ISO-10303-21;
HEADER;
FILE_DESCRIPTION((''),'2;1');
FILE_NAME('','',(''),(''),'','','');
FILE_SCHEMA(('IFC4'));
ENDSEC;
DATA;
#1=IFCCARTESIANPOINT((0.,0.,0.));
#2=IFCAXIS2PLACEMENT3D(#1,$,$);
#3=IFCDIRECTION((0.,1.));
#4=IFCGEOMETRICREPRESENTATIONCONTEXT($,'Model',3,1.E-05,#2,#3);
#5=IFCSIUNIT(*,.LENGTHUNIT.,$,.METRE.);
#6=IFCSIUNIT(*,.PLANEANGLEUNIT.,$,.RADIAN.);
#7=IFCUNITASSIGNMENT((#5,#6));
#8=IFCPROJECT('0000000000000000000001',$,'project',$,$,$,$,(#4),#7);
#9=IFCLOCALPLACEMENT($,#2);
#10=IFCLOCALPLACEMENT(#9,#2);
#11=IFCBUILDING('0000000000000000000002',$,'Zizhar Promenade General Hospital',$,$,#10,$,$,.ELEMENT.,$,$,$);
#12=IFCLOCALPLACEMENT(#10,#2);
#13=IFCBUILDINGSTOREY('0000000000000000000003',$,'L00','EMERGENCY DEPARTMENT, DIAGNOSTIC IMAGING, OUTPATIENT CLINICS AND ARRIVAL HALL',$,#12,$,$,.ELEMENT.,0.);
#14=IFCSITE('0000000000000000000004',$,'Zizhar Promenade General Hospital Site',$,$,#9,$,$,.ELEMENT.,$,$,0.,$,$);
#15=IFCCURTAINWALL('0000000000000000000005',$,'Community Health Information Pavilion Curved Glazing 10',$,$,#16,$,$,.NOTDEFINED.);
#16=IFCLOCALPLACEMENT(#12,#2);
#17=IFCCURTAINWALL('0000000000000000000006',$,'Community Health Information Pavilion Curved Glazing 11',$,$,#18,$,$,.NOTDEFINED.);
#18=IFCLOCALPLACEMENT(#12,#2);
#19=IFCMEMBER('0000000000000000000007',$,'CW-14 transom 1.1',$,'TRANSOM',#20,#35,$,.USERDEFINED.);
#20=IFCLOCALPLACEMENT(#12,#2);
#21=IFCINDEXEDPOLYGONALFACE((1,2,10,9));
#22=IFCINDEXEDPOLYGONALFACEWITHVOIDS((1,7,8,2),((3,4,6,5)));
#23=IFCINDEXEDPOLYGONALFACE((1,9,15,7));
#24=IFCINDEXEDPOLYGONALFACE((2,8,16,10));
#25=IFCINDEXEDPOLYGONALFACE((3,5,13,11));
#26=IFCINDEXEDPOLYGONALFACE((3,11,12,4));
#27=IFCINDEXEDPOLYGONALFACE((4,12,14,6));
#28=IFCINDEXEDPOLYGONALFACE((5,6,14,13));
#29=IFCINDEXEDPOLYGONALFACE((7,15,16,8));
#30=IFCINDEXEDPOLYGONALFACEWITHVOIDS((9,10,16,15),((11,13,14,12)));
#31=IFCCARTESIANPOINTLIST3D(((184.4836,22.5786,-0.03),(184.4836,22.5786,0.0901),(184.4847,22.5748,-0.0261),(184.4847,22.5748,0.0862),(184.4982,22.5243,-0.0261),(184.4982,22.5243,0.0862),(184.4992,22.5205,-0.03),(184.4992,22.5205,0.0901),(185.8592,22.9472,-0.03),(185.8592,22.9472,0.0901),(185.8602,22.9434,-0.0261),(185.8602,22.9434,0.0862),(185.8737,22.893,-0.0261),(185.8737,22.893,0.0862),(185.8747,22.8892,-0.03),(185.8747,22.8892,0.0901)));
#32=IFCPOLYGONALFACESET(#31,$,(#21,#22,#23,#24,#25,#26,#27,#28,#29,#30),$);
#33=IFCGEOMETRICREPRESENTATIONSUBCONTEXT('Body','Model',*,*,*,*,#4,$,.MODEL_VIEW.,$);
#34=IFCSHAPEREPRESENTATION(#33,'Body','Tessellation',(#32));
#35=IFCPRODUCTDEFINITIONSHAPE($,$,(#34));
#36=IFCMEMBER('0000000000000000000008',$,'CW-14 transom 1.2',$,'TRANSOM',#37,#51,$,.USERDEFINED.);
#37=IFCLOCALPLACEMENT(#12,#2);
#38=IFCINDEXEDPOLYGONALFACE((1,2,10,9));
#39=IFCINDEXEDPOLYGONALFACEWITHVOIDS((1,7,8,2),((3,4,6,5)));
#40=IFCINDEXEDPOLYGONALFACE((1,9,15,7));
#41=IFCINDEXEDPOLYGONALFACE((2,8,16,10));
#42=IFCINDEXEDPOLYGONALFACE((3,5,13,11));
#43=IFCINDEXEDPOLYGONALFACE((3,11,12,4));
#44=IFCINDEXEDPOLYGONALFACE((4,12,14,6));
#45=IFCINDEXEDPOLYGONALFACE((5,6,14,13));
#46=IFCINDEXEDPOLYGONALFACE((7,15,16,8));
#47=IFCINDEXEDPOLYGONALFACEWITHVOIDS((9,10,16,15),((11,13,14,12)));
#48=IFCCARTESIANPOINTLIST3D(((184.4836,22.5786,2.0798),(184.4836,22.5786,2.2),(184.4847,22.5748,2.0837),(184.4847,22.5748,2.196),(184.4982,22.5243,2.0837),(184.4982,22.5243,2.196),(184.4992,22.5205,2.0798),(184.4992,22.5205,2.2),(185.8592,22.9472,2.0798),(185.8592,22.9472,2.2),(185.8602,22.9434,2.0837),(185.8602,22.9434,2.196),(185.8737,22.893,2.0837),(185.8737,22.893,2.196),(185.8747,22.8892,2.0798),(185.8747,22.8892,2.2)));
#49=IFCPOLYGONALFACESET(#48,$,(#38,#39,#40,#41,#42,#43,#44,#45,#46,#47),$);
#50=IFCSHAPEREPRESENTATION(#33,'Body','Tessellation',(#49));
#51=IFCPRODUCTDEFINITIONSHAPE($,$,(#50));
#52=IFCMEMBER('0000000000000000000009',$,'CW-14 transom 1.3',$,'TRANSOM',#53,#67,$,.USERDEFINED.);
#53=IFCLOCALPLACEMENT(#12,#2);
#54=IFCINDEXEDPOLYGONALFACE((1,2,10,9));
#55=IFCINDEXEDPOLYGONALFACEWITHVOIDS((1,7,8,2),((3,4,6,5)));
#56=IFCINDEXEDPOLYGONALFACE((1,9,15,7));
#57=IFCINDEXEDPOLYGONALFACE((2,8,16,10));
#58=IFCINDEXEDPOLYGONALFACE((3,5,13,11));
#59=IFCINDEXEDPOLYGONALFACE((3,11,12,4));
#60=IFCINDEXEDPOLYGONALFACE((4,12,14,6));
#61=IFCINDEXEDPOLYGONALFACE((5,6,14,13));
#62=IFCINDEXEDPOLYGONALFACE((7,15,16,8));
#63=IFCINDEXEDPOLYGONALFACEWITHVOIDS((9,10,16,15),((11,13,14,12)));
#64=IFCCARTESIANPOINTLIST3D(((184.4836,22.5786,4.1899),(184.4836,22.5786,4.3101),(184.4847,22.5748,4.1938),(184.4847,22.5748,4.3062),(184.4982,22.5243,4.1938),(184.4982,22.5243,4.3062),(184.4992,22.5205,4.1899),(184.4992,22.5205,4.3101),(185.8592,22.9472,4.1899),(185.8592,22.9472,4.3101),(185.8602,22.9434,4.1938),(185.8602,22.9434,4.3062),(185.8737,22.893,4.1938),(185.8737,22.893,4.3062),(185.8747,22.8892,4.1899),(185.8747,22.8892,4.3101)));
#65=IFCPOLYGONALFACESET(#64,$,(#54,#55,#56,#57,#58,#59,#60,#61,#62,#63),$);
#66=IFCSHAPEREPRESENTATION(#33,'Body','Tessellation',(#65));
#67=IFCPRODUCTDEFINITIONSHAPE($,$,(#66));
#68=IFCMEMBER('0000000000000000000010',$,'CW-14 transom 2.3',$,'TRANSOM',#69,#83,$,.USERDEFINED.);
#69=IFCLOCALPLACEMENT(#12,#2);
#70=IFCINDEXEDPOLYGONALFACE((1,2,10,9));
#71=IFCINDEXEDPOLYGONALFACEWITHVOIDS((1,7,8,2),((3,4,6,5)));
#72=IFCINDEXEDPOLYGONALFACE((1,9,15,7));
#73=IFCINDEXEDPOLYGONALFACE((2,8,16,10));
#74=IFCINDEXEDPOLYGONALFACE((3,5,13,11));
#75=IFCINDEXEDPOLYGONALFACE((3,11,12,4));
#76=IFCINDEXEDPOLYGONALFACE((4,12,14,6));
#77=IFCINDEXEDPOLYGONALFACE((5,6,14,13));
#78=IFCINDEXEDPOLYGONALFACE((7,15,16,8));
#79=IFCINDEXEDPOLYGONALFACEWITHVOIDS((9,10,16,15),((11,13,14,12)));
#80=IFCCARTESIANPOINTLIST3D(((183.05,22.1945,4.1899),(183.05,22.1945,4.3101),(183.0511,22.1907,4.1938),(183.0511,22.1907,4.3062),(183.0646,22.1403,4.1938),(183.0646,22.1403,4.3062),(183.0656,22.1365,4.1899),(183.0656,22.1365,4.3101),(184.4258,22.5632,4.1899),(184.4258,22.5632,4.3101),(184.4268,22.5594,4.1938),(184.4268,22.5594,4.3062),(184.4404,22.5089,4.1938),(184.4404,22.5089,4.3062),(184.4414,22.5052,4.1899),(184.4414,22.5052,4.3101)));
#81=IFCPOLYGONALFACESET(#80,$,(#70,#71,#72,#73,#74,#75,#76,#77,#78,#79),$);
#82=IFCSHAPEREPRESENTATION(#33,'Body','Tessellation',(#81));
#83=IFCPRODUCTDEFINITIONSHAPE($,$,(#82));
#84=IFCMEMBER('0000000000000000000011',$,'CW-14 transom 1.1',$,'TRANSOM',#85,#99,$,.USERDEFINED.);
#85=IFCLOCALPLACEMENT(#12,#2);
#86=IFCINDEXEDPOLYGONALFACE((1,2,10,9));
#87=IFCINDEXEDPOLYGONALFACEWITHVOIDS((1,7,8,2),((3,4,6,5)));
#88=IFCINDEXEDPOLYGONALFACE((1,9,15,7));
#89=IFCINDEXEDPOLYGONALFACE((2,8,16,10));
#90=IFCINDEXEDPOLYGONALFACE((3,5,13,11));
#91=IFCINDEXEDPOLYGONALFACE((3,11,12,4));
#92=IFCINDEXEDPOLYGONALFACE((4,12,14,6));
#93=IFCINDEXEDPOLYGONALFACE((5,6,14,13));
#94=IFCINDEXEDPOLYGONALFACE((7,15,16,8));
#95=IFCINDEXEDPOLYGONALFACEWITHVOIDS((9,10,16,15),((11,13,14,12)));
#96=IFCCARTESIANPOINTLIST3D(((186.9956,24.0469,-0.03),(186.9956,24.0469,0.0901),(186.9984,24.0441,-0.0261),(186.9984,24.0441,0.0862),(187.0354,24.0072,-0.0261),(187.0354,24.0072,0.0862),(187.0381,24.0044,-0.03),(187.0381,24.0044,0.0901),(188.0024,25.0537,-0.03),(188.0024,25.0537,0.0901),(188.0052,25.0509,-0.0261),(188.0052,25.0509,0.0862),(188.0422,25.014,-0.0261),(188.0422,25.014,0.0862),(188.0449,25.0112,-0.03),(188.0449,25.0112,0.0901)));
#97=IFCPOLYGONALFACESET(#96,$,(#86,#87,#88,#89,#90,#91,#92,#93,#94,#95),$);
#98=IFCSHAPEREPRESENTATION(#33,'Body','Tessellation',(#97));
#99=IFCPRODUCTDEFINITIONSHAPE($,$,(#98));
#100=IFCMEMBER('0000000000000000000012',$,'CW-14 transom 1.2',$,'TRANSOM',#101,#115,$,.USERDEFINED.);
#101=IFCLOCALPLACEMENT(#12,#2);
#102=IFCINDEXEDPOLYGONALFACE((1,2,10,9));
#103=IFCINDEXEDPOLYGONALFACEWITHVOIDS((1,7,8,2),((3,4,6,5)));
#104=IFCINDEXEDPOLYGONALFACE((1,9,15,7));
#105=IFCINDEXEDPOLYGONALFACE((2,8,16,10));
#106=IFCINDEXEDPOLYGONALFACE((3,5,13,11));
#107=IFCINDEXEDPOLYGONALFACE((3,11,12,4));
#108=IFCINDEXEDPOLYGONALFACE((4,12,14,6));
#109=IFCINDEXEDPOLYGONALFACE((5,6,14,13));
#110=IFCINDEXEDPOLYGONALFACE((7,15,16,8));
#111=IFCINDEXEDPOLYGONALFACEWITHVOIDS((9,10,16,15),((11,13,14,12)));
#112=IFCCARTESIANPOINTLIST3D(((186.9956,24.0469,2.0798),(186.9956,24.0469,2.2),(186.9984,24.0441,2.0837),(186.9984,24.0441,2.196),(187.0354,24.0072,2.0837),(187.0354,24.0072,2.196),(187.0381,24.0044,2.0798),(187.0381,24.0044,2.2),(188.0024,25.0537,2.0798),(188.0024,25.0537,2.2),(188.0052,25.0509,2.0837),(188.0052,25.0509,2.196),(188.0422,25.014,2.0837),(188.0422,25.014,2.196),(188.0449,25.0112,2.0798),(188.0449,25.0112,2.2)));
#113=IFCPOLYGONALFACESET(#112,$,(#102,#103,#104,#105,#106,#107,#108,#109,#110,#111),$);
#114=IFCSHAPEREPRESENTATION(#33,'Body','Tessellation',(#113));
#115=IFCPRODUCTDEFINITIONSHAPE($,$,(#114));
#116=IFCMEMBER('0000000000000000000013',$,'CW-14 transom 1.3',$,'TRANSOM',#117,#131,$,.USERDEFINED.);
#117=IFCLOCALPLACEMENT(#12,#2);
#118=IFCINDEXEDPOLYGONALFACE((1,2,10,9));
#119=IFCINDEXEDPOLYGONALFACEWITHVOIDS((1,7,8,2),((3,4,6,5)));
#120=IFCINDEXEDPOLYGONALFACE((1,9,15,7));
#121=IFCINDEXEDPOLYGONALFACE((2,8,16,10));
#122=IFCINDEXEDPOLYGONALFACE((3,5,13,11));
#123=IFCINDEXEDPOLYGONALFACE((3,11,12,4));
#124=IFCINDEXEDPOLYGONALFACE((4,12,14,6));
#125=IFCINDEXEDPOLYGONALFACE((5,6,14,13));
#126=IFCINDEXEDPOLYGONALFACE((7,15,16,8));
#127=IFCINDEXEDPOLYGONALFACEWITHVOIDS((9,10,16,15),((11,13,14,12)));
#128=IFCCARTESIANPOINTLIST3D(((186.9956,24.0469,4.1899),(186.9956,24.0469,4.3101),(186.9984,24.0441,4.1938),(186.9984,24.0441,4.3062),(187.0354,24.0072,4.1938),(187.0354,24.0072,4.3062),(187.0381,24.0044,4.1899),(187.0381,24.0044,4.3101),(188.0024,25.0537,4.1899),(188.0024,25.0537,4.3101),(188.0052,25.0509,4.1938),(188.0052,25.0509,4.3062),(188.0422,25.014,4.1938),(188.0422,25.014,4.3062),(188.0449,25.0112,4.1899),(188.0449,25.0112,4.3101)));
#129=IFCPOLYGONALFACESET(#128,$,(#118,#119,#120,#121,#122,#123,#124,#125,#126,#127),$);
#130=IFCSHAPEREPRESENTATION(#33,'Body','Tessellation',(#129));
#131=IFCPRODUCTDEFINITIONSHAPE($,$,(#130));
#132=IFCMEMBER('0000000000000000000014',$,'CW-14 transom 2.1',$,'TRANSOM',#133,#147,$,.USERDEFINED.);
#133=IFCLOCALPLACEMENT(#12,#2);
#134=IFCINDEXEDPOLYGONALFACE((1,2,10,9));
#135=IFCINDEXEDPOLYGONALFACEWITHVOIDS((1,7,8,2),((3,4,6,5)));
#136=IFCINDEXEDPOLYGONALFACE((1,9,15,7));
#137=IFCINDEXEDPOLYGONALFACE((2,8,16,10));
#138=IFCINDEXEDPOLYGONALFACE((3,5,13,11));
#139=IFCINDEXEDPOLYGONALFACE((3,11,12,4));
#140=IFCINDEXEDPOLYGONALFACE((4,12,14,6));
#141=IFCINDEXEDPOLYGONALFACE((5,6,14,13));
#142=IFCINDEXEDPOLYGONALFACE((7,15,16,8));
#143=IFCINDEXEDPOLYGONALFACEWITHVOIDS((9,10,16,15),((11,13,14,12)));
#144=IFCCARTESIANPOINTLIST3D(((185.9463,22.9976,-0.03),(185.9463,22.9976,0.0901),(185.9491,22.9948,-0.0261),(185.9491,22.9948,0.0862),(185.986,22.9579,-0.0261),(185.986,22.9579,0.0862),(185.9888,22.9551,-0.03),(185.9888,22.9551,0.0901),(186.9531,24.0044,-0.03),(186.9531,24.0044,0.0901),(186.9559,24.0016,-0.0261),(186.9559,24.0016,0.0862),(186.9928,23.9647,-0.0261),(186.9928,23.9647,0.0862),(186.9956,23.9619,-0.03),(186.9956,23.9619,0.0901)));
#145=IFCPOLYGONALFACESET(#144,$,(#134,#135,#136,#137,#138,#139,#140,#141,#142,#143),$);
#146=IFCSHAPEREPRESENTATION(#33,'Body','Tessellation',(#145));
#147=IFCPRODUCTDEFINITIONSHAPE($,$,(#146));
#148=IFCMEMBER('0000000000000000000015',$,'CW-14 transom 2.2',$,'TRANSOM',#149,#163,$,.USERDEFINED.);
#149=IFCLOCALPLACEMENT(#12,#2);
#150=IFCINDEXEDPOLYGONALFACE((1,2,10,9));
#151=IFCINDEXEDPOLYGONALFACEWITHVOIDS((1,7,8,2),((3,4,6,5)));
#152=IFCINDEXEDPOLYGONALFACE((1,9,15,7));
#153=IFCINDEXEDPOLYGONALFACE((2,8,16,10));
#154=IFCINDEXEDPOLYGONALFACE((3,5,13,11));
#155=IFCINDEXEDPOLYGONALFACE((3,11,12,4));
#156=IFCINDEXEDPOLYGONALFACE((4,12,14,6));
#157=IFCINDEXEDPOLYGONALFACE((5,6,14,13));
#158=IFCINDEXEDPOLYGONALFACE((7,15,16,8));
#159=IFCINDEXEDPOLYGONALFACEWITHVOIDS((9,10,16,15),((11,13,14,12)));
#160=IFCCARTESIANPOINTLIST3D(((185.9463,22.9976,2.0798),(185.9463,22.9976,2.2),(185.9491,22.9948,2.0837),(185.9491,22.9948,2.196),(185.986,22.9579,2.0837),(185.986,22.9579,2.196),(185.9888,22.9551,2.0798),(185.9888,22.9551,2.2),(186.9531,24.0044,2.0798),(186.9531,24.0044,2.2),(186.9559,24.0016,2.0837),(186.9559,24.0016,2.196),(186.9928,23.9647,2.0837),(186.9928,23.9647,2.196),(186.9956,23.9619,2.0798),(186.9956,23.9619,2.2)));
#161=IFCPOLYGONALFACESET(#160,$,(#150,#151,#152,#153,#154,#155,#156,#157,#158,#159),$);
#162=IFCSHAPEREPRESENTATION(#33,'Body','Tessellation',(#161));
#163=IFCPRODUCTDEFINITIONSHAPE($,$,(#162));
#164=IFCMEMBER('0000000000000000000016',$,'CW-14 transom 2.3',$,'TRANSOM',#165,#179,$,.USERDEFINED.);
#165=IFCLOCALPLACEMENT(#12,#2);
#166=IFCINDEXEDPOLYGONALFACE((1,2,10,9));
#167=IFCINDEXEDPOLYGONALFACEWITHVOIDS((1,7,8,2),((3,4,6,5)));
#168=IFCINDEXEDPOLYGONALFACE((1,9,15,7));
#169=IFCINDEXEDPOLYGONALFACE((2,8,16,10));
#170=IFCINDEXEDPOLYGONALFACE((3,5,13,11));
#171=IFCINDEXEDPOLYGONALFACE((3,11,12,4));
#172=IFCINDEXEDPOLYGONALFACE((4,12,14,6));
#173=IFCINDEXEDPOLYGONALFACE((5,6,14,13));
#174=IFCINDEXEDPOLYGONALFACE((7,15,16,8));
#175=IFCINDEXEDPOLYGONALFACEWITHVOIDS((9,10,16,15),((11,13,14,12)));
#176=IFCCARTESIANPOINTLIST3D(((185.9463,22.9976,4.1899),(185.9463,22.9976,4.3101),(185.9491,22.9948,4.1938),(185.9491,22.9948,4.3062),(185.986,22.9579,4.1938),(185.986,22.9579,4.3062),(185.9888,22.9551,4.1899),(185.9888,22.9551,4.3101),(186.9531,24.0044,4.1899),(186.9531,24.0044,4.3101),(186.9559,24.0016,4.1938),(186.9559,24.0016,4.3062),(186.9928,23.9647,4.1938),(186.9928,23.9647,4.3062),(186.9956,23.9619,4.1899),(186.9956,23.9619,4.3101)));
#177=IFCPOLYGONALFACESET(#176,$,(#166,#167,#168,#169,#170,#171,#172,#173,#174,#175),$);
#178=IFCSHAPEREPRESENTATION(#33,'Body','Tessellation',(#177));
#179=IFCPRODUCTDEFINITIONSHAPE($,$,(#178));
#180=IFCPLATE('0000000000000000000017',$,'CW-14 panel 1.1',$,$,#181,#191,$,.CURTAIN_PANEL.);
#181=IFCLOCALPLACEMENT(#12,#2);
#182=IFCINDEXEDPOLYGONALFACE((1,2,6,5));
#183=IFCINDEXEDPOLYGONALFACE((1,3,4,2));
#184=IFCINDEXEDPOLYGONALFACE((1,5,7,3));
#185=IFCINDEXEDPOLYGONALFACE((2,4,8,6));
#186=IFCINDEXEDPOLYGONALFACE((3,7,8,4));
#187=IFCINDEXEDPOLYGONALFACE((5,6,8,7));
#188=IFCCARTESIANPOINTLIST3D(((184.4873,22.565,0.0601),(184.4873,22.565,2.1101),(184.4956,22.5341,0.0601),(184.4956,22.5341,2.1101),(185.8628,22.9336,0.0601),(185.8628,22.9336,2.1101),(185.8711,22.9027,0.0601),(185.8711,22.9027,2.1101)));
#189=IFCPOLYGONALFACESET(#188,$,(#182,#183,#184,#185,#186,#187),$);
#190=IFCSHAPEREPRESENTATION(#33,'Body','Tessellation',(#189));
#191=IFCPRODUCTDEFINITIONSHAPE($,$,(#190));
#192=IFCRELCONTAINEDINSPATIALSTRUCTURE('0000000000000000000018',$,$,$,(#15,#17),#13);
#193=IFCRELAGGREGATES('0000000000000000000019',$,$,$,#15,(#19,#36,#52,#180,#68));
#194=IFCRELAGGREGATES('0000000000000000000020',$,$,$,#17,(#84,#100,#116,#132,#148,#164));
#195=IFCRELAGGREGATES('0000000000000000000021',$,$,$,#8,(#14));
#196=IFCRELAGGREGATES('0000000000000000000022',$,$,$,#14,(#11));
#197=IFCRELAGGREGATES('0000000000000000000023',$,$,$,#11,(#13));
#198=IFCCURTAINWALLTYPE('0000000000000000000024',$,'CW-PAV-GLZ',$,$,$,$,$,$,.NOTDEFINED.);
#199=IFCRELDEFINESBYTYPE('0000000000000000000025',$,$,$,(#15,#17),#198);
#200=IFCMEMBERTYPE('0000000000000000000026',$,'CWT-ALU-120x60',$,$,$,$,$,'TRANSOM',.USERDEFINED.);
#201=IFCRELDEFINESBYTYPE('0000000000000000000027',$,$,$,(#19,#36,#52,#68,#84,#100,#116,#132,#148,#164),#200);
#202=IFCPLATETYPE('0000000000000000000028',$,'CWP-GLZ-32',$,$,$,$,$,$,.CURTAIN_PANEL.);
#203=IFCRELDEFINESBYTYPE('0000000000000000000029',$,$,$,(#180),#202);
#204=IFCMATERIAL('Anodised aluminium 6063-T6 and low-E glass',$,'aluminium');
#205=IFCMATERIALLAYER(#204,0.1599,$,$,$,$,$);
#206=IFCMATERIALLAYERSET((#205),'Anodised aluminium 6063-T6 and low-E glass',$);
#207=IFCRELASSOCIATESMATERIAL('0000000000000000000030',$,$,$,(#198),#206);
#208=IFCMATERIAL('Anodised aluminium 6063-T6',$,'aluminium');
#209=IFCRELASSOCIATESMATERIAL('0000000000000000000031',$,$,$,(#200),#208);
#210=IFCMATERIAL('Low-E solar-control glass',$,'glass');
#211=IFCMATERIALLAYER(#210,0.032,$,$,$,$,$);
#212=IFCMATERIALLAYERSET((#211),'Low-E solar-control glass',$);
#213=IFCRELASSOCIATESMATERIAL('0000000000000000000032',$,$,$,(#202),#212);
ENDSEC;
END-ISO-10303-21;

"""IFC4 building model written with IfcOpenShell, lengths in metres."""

from ifc_helpers import new_model, si_unit, direction, frame, origin, origin_2d, place, context, subcontext, project, spatial, rectangle, hollow_rectangle, extrude, material, layer, layer_set, material_profile, profile_set, type_object, element, aggregate, save


model = new_model("IFC4")

# Units and contexts
model_context = context("Model", 3, precision=1e-05, world=origin(), true_north=direction((0.0, 1.0)))
body_context = subcontext(model_context, "Body", "Model", "MODEL_VIEW")
ifc_project = project(units=[si_unit("LENGTHUNIT", "METRE"), si_unit("PLANEANGLEUNIT", "RADIAN")], contexts=[model_context])

# Site, building, storey
site_placement = place(None, origin())
site = spatial("IfcSite", under=ifc_project, at=site_placement, Name="Zizhar Promenade General Hospital Site", CompositionType="ELEMENT", RefElevation=0.0)
building_placement = place(site_placement, origin())
building = spatial("IfcBuilding", under=site, at=building_placement, Name="Zizhar Promenade General Hospital", CompositionType="ELEMENT")
storey_placement = place(building_placement, origin())
storey = spatial("IfcBuildingStorey", under=building, at=storey_placement, Name="L00", Description="EMERGENCY DEPARTMENT, DIAGNOSTIC IMAGING, OUTPATIENT CLINICS AND ARRIVAL HALL", CompositionType="ELEMENT", Elevation=0.0)

# Curtain walls
ifc_material_1 = material(Name="Anodised aluminium 6063-T6 and low-E glass", Category="aluminium")
ifc_layer_1 = layer(ifc_material_1, 0.1599)
ifc_layer_set_1 = layer_set([ifc_layer_1], Name="Anodised aluminium 6063-T6 and low-E glass")
curtain_wall_type = type_object("IfcCurtainWallType", Name="CW-PAV-GLZ", PredefinedType="NOTDEFINED", material=ifc_layer_set_1)
curtain_wall_1_placement = place(storey_placement, origin())
curtain_wall_1 = element("IfcCurtainWall", 1, at=curtain_wall_1_placement, inside=storey, type_object=curtain_wall_type, Name="Community Health Information Pavilion Curved Glazing 10", PredefinedType="NOTDEFINED")
curtain_wall_2_placement = place(storey_placement, origin())
curtain_wall_2 = element("IfcCurtainWall", 2, at=curtain_wall_2_placement, inside=storey, type_object=curtain_wall_type, Name="Community Health Information Pavilion Curved Glazing 11", PredefinedType="NOTDEFINED")

# Members
ifc_material_2 = material(Name="Anodised aluminium 6063-T6", Category="aluminium")
ifc_material_profile_1 = material_profile(ifc_material_2, hollow_rectangle(XDim=0.0601, YDim=0.1201, WallThickness=0.0039, at=origin_2d()))
ifc_profile_set_1 = profile_set([ifc_material_profile_1], Name="Anodised aluminium 6063-T6")
member_type_1 = type_object("IfcMemberType", Name="CWT-ALU-120x60", ElementType="TRANSOM", PredefinedType="USERDEFINED", material=ifc_profile_set_1)
member_1_placement = place(storey_placement, frame((185.8669, 22.9182, 0.03), z_axis=(-0.96591, -0.258879, 0.0), x_axis=(0.258879, -0.96591, 0.0)))
member_1 = element("IfcMember", 3, at=member_1_placement, type_object=member_type_1, Name="CW-14 transom 1.1", ObjectType="TRANSOM", PredefinedType="USERDEFINED", context=body_context, shape_type="SweptSolid", body=[
    extrude(hollow_rectangle(XDim=0.0601, YDim=0.1201, WallThickness=0.0039, at=origin_2d()), origin(), (0.0, 0.0, 1.0), 1.4241),
])
member_2_placement = place(storey_placement, frame((185.8669, 22.9182, 2.1399), z_axis=(-0.96591, -0.258879, 0.0), x_axis=(0.258879, -0.96591, 0.0)))
member_2 = element("IfcMember", 4, at=member_2_placement, type_object=member_type_1, Name="CW-14 transom 1.2", ObjectType="TRANSOM", PredefinedType="USERDEFINED", context=body_context, shape_type="SweptSolid", body=[
    extrude(hollow_rectangle(XDim=0.0601, YDim=0.1201, WallThickness=0.0039, at=origin_2d()), origin(), (0.0, 0.0, 1.0), 1.4241),
])
member_3_placement = place(storey_placement, frame((185.8669, 22.9182, 4.25), z_axis=(-0.96591, -0.258879, 0.0), x_axis=(0.258879, -0.96591, 0.0)))
member_3 = element("IfcMember", 5, at=member_3_placement, type_object=member_type_1, Name="CW-14 transom 1.3", ObjectType="TRANSOM", PredefinedType="USERDEFINED", context=body_context, shape_type="SweptSolid", body=[
    extrude(hollow_rectangle(XDim=0.0601, YDim=0.1201, WallThickness=0.0039, at=origin_2d()), origin(), (0.0, 0.0, 1.0), 1.4241),
])
member_4_placement = place(storey_placement, frame((184.4336, 22.5342, 4.25), z_axis=(-0.965921, -0.258836, 0.0), x_axis=(0.258836, -0.965921, 0.0)))
member_4 = element("IfcMember", 6, at=member_4_placement, type_object=member_type_1, Name="CW-14 transom 2.3", ObjectType="TRANSOM", PredefinedType="USERDEFINED", context=body_context, shape_type="SweptSolid", body=[
    extrude(hollow_rectangle(XDim=0.0601, YDim=0.1201, WallThickness=0.0039, at=origin_2d()), origin(), (0.0, 0.0, 1.0), 1.4243),
])
member_5_placement = place(storey_placement, frame((188.0237, 25.0325, 0.03), z_axis=(-0.707107, -0.707107, 0.0), x_axis=(0.707107, -0.707107, 0.0)))
member_5 = element("IfcMember", 7, at=member_5_placement, type_object=member_type_1, Name="CW-14 transom 1.1", ObjectType="TRANSOM", PredefinedType="USERDEFINED", context=body_context, shape_type="SweptSolid", body=[
    extrude(hollow_rectangle(XDim=0.0601, YDim=0.1201, WallThickness=0.0039, at=origin_2d()), origin(), (0.0, 0.0, 1.0), 1.4238),
])
member_6_placement = place(storey_placement, frame((188.0237, 25.0325, 2.1399), z_axis=(-0.707107, -0.707107, 0.0), x_axis=(0.707107, -0.707107, 0.0)))
member_6 = element("IfcMember", 8, at=member_6_placement, type_object=member_type_1, Name="CW-14 transom 1.2", ObjectType="TRANSOM", PredefinedType="USERDEFINED", context=body_context, shape_type="SweptSolid", body=[
    extrude(hollow_rectangle(XDim=0.0601, YDim=0.1201, WallThickness=0.0039, at=origin_2d()), origin(), (0.0, 0.0, 1.0), 1.4238),
])
member_7_placement = place(storey_placement, frame((188.0237, 25.0325, 4.25), z_axis=(-0.707107, -0.707107, 0.0), x_axis=(0.707107, -0.707107, 0.0)))
member_7 = element("IfcMember", 9, at=member_7_placement, type_object=member_type_1, Name="CW-14 transom 1.3", ObjectType="TRANSOM", PredefinedType="USERDEFINED", context=body_context, shape_type="SweptSolid", body=[
    extrude(hollow_rectangle(XDim=0.0601, YDim=0.1201, WallThickness=0.0039, at=origin_2d()), origin(), (0.0, 0.0, 1.0), 1.4238),
])
member_8_placement = place(storey_placement, frame((186.9744, 23.9832, 0.03), z_axis=(-0.707107, -0.707107, 0.0), x_axis=(0.707107, -0.707107, 0.0)))
member_8 = element("IfcMember", 10, at=member_8_placement, type_object=member_type_1, Name="CW-14 transom 2.1", ObjectType="TRANSOM", PredefinedType="USERDEFINED", context=body_context, shape_type="SweptSolid", body=[
    extrude(hollow_rectangle(XDim=0.0601, YDim=0.1201, WallThickness=0.0039, at=origin_2d()), origin(), (0.0, 0.0, 1.0), 1.4238),
])
member_9_placement = place(storey_placement, frame((186.9744, 23.9832, 2.1399), z_axis=(-0.707107, -0.707107, 0.0), x_axis=(0.707107, -0.707107, 0.0)))
member_9 = element("IfcMember", 11, at=member_9_placement, type_object=member_type_1, Name="CW-14 transom 2.2", ObjectType="TRANSOM", PredefinedType="USERDEFINED", context=body_context, shape_type="SweptSolid", body=[
    extrude(hollow_rectangle(XDim=0.0601, YDim=0.1201, WallThickness=0.0039, at=origin_2d()), origin(), (0.0, 0.0, 1.0), 1.4238),
])
member_10_placement = place(storey_placement, frame((186.9744, 23.9832, 4.25), z_axis=(-0.707107, -0.707107, 0.0), x_axis=(0.707107, -0.707107, 0.0)))
member_10 = element("IfcMember", 12, at=member_10_placement, type_object=member_type_1, Name="CW-14 transom 2.3", ObjectType="TRANSOM", PredefinedType="USERDEFINED", context=body_context, shape_type="SweptSolid", body=[
    extrude(hollow_rectangle(XDim=0.0601, YDim=0.1201, WallThickness=0.0039, at=origin_2d()), origin(), (0.0, 0.0, 1.0), 1.4238),
])

# Plate
ifc_material_3 = material(Name="Low-E solar-control glass", Category="glass")
ifc_layer_2 = layer(ifc_material_3, 0.032)
ifc_layer_set_2 = layer_set([ifc_layer_2], Name="Low-E solar-control glass")
plate_type = type_object("IfcPlateType", Name="CWP-GLZ-32", PredefinedType="CURTAIN_PANEL", material=ifc_layer_set_2)
plate_1_placement = place(storey_placement, frame((185.1792, 22.7339, 0.0601), z_axis=(0.0, 0.0, 1.0), x_axis=(-0.965922, -0.258834, 0.0)))
plate_1 = element("IfcPlate", 13, at=plate_1_placement, type_object=plate_type, Name="CW-14 panel 1.1", PredefinedType="CURTAIN_PANEL", context=body_context, shape_type="SweptSolid", body=[
    extrude(rectangle(XDim=1.4241, YDim=0.032, at=origin_2d()), origin(), (0.0, 0.0, 1.0), 2.05),
])
aggregate(curtain_wall_1, [member_1, member_2, member_3, plate_1, member_4])
aggregate(curtain_wall_2, [member_5, member_6, member_7, member_8, member_9, member_10])

save(model, "model.ifc")
